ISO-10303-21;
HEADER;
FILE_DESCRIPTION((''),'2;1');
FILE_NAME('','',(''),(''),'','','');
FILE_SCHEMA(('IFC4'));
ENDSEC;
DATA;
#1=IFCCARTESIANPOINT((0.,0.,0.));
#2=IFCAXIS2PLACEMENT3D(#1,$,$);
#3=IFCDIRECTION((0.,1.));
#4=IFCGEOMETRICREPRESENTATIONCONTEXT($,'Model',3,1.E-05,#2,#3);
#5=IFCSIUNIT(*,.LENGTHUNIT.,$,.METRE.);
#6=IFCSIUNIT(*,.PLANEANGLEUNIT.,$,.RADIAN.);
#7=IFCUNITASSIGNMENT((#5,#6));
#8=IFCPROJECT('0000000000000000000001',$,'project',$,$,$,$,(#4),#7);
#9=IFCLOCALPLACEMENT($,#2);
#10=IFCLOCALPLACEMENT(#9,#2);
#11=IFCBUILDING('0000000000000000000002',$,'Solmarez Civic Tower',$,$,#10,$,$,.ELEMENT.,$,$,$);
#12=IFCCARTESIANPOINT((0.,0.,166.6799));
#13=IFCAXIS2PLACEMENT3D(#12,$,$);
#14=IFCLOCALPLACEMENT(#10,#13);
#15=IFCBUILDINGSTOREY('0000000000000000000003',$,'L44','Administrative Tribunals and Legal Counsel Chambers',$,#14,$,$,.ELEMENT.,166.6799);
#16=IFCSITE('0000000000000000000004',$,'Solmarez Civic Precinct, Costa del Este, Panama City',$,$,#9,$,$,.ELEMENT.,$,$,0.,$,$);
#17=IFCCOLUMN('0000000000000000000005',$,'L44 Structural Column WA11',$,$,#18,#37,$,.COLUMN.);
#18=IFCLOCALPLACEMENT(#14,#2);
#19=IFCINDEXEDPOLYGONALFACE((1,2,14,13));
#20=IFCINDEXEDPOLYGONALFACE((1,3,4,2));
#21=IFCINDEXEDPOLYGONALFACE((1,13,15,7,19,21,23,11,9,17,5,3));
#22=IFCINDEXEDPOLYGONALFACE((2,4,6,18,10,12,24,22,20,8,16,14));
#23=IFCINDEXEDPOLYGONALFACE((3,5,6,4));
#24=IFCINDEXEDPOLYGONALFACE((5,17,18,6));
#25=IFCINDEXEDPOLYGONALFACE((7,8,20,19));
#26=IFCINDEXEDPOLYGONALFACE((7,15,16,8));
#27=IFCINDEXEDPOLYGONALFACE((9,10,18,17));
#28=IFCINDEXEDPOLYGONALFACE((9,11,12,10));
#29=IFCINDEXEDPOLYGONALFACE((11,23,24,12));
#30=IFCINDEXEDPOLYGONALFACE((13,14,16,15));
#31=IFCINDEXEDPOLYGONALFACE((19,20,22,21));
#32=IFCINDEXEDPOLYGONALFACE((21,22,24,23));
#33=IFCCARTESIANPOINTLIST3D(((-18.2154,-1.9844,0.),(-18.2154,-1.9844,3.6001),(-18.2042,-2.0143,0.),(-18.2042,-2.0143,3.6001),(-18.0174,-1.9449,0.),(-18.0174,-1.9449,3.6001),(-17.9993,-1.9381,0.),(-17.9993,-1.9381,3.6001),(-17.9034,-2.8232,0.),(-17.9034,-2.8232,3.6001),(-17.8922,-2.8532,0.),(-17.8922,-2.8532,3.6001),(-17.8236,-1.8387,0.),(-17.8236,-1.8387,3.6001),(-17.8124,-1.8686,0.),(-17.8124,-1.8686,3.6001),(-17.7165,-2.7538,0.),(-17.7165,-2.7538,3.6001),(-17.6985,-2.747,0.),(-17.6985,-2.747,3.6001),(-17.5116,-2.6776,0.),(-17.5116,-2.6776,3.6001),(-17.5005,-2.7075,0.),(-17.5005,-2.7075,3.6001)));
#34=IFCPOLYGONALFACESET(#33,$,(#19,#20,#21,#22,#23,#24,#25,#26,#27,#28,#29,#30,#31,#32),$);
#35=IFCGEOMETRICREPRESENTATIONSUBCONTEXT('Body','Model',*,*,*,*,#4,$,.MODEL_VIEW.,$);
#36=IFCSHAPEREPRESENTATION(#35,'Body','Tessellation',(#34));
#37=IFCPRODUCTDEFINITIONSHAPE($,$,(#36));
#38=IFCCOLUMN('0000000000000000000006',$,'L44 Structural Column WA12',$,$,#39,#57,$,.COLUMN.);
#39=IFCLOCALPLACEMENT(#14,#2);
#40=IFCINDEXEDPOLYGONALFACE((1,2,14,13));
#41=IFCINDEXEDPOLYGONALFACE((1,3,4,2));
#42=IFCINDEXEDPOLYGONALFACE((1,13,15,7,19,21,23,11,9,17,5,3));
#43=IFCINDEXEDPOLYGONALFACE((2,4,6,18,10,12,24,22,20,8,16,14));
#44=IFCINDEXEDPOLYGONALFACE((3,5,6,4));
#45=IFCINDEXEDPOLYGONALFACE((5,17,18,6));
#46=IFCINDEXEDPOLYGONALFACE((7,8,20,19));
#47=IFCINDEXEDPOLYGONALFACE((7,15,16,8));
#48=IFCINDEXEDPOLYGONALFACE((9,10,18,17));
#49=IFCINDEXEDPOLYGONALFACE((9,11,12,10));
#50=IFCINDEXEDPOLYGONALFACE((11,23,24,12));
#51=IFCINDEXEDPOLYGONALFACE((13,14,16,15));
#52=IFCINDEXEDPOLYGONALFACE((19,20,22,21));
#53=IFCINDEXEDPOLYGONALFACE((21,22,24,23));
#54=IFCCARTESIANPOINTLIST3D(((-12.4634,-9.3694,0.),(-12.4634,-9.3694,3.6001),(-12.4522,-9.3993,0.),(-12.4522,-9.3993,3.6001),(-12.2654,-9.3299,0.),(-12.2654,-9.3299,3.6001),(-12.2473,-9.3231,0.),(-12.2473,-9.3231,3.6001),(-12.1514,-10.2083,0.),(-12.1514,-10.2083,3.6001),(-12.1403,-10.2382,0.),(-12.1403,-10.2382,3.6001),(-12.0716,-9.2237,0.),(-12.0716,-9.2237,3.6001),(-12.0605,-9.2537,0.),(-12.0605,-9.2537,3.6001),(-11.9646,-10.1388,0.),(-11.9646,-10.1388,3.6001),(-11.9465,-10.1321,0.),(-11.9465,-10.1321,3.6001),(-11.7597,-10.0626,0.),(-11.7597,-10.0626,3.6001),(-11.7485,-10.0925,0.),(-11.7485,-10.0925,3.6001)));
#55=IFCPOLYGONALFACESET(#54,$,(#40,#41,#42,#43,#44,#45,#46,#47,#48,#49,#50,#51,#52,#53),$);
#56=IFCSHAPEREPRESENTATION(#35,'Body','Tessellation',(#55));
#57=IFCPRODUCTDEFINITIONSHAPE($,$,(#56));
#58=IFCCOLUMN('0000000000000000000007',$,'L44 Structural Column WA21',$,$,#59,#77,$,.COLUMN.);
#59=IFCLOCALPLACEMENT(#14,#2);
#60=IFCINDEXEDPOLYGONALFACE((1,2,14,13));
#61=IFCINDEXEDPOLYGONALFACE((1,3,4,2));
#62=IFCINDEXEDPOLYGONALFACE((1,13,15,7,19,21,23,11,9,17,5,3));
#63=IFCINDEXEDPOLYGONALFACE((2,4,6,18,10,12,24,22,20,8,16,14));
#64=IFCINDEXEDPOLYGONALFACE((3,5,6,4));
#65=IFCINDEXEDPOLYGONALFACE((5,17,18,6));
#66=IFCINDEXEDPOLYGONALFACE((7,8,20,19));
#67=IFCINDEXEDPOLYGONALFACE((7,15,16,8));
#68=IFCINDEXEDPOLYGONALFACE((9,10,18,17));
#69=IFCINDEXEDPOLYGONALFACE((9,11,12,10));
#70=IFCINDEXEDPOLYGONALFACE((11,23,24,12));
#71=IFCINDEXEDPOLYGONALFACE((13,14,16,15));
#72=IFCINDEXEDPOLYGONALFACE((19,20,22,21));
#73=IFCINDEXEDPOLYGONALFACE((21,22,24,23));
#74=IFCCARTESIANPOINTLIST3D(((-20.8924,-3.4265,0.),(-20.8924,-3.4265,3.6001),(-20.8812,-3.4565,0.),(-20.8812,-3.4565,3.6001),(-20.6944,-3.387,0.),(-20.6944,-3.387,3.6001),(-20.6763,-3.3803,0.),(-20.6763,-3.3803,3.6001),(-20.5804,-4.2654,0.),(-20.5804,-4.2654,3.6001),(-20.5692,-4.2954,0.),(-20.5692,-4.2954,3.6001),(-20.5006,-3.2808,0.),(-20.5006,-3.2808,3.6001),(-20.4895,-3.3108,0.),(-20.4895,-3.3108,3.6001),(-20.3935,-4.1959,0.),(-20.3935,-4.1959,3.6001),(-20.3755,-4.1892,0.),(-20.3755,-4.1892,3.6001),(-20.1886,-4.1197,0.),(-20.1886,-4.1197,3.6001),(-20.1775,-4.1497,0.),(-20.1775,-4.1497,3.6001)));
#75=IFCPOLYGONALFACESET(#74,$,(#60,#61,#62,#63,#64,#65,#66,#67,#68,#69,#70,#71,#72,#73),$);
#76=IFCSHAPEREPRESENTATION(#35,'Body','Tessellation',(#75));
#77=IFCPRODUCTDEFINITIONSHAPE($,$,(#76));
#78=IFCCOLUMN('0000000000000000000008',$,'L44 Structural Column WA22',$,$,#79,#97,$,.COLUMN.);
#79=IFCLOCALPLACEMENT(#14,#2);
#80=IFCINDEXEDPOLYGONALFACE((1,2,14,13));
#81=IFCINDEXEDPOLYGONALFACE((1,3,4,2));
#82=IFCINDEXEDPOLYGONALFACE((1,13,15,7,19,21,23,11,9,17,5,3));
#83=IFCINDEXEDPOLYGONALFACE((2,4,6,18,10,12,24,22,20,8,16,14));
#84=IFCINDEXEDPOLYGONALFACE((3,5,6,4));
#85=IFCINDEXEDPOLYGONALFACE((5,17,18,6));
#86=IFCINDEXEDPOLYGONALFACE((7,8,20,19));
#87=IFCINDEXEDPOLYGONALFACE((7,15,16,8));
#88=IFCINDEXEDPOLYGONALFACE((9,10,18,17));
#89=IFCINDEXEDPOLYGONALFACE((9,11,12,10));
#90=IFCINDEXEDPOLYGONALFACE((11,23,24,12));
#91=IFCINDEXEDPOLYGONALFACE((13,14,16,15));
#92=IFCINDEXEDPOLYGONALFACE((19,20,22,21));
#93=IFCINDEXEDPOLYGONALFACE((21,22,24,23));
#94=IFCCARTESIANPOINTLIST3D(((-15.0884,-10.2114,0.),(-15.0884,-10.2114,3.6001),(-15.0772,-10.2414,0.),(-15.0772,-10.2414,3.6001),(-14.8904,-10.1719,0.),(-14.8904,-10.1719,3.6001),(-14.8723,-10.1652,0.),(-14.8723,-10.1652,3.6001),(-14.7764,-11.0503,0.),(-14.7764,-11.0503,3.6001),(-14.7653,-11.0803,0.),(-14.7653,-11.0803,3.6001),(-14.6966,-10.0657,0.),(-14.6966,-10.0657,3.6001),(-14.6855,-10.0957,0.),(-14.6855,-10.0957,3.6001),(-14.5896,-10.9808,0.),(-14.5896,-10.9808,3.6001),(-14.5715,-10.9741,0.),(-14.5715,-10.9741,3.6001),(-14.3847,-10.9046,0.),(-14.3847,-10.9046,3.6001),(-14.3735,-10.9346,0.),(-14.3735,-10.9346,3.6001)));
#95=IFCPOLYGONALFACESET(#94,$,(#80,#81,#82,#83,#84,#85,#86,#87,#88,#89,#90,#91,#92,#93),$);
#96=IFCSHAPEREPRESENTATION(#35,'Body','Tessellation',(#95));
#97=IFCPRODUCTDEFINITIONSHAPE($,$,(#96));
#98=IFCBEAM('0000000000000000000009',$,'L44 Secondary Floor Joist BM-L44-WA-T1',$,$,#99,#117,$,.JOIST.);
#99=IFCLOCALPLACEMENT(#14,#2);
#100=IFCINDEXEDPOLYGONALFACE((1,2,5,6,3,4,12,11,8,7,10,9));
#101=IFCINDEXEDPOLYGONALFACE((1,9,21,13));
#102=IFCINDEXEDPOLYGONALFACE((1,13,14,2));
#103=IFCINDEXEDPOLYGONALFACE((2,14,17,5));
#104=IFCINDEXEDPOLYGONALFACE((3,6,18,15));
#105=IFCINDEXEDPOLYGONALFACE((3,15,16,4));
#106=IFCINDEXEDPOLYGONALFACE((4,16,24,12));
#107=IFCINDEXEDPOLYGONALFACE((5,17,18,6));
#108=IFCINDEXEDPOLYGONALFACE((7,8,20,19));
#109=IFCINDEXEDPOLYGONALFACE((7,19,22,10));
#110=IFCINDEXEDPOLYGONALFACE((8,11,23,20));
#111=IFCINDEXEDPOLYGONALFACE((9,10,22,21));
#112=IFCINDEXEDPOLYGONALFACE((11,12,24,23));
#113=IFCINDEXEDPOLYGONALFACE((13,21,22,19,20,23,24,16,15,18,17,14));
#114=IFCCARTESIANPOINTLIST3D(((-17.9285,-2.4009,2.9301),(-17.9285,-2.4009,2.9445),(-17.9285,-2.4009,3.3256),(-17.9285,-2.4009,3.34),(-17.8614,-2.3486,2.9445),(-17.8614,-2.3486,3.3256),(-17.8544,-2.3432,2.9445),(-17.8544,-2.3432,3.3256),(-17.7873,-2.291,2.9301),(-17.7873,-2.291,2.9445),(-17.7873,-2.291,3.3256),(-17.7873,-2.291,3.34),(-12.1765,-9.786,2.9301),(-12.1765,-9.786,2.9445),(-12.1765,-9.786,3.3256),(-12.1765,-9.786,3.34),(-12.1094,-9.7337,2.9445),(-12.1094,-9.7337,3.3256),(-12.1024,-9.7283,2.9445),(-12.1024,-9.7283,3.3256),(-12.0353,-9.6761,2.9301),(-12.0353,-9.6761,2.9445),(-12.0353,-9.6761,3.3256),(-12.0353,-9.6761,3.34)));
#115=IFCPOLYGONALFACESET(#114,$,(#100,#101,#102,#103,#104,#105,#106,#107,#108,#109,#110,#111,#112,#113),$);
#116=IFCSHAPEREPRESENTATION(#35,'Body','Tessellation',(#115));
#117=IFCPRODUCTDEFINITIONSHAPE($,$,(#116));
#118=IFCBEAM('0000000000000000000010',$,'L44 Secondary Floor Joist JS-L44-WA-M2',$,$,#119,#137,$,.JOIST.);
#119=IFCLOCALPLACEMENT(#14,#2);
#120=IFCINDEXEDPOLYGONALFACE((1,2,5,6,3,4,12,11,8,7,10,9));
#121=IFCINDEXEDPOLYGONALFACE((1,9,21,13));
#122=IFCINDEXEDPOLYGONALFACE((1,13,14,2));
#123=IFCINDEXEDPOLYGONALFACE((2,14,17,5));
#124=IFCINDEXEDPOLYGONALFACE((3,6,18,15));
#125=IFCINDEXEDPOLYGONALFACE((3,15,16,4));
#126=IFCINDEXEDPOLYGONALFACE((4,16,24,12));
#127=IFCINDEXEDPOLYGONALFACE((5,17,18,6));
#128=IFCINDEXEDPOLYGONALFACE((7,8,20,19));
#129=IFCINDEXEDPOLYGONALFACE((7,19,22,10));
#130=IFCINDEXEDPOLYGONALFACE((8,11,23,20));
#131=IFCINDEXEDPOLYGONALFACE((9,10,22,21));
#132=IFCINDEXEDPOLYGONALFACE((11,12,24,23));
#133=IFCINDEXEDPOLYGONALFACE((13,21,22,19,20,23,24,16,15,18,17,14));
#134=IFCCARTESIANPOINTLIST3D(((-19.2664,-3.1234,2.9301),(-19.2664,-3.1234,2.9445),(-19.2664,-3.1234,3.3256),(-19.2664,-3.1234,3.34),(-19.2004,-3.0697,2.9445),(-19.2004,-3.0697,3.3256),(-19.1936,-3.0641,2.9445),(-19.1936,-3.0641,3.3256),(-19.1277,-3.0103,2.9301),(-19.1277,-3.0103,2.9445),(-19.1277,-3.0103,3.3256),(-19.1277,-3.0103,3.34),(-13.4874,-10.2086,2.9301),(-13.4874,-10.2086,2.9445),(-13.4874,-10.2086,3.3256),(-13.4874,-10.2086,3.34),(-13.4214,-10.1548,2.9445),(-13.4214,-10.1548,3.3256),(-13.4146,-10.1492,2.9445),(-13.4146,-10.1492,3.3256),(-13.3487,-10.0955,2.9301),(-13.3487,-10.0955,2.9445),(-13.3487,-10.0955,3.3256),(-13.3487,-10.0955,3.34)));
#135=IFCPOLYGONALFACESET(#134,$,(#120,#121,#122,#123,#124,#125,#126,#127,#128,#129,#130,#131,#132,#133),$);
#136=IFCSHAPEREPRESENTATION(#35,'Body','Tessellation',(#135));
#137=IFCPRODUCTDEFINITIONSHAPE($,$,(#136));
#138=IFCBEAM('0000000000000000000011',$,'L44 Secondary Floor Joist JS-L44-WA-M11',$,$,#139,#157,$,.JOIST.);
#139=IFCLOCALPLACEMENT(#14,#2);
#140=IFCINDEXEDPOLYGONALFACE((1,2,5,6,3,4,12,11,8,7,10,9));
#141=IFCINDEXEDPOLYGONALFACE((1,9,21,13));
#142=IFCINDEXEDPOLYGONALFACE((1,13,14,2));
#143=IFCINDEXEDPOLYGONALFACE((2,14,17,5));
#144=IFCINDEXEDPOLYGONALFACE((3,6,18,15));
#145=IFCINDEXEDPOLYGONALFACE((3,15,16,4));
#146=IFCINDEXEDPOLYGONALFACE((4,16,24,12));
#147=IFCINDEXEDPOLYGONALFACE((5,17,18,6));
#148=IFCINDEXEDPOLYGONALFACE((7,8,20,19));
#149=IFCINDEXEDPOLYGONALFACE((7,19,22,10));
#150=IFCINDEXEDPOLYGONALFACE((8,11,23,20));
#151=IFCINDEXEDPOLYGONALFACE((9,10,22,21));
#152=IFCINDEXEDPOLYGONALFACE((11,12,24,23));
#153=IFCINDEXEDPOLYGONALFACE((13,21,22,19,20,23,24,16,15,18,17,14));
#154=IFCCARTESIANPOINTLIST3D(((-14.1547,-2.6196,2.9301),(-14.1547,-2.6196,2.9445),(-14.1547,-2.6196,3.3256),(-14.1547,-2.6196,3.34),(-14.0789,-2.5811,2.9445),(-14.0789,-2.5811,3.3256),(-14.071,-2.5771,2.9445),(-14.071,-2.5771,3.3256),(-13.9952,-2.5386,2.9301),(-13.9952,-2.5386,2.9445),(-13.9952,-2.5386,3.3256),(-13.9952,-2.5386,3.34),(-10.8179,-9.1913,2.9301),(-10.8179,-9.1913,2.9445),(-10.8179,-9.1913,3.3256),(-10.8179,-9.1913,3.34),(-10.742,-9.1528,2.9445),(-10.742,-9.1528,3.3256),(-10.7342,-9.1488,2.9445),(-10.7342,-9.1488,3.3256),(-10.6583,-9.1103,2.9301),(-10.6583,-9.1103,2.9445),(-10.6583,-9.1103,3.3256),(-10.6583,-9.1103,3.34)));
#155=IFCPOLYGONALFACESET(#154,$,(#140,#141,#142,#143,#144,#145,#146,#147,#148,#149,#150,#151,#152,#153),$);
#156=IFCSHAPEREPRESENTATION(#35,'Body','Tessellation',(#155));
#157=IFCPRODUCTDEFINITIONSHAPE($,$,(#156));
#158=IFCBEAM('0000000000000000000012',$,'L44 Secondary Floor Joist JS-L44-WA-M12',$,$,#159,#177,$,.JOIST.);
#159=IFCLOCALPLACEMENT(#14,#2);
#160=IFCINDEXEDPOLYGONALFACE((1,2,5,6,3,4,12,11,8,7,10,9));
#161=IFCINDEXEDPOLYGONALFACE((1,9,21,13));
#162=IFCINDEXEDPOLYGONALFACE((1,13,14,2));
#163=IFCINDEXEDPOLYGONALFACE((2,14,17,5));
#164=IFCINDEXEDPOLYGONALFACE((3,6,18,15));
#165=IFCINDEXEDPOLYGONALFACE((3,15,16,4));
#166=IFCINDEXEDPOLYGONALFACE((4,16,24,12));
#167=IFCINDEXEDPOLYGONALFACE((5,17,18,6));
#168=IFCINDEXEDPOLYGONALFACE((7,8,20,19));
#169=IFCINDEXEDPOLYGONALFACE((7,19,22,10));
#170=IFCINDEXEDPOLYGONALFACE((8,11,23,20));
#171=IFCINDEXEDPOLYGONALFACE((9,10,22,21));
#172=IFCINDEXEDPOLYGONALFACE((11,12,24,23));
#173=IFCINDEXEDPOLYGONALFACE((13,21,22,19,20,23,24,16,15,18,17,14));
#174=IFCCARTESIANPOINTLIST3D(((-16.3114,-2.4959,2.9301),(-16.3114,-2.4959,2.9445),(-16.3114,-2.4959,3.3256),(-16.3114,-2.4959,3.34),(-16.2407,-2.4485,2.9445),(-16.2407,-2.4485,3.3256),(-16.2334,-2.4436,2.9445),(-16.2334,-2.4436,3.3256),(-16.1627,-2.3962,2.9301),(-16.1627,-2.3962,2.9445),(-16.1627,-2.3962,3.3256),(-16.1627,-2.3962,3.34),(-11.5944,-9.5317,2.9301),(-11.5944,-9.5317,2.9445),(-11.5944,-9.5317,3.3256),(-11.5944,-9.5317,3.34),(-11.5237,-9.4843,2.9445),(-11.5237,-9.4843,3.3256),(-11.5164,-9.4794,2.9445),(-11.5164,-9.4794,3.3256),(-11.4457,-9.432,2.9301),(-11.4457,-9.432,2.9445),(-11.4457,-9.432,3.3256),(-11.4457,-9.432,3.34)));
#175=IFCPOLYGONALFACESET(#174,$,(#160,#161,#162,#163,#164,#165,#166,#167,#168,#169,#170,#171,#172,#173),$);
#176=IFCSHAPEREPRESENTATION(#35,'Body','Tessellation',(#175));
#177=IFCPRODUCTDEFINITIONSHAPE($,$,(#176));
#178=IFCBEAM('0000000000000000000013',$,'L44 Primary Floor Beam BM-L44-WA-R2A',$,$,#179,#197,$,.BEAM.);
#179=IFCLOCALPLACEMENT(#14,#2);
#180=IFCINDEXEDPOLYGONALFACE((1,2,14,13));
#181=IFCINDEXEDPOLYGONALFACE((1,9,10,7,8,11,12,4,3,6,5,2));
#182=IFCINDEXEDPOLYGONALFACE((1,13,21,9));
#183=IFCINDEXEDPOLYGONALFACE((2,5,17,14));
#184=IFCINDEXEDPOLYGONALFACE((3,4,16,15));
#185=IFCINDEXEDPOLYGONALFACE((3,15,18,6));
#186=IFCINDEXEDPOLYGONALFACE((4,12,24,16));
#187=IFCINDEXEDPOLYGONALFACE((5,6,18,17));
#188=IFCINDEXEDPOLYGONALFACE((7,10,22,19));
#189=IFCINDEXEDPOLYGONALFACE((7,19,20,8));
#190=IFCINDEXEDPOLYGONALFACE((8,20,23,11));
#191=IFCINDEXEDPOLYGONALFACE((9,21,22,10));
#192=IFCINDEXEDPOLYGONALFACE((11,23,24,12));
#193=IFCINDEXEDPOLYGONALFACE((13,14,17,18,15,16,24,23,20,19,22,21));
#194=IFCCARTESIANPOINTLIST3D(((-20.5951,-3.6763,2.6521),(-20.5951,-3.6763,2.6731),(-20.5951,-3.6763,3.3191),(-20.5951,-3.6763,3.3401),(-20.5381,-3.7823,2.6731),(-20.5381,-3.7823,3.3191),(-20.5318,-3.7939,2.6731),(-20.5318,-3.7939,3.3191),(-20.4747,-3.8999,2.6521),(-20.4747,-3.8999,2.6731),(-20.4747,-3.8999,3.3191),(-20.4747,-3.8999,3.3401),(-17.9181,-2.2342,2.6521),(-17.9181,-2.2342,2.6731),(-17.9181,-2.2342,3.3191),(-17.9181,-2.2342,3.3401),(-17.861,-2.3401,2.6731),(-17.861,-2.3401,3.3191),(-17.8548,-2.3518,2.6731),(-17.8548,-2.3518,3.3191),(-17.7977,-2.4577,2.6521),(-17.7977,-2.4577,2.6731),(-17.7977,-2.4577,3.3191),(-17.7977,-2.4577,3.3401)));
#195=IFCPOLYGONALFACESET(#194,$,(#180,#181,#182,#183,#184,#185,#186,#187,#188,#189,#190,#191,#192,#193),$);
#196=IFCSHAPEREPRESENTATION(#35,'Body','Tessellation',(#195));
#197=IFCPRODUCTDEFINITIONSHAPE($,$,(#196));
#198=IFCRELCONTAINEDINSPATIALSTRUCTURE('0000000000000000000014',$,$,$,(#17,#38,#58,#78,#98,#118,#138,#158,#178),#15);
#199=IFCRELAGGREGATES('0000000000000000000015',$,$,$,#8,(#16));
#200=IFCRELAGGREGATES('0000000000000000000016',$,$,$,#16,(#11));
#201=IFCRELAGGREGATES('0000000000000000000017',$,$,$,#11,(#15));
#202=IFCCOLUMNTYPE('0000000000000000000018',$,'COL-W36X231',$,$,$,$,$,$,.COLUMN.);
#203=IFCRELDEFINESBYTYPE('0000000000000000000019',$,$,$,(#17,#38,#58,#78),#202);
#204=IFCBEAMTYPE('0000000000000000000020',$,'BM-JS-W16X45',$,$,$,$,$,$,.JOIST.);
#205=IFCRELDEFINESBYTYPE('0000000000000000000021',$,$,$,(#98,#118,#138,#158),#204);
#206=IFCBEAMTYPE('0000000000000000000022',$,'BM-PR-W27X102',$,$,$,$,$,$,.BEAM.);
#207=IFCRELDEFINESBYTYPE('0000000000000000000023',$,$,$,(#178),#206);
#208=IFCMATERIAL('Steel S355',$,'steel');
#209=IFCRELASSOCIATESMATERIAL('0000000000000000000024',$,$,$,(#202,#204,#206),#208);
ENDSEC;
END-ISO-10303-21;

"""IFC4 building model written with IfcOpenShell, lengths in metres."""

from ifc_helpers import new_model, si_unit, direction, frame, origin, origin_2d, place, context, subcontext, project, spatial, i_section, extrude, material, material_profile, profile_set, type_object, element, save


model = new_model("IFC4")

# Units and contexts
model_context = context("Model", 3, precision=1e-05, world=origin(), true_north=direction((0.0, 1.0)))
body_context = subcontext(model_context, "Body", "Model", "MODEL_VIEW")
ifc_project = project(units=[si_unit("LENGTHUNIT", "METRE"), si_unit("PLANEANGLEUNIT", "RADIAN")], contexts=[model_context])

# Site, building, storey
site_placement = place(None, origin())
site = spatial("IfcSite", under=ifc_project, at=site_placement, Name="Solmarez Civic Precinct, Costa del Este, Panama City", CompositionType="ELEMENT", RefElevation=0.0)
building_placement = place(site_placement, origin())
building = spatial("IfcBuilding", under=site, at=building_placement, Name="Solmarez Civic Tower", CompositionType="ELEMENT")
storey_placement = place(building_placement, frame((0.0, 0.0, 166.6799)))
storey = spatial("IfcBuildingStorey", under=building, at=storey_placement, Name="L44", Description="Administrative Tribunals and Legal Counsel Chambers", CompositionType="ELEMENT", Elevation=166.6799)

# Columns
ifc_material_1 = material(Name="Steel S355", Category="steel")
ifc_material_profile_1 = material_profile(ifc_material_1, i_section(OverallWidth=0.418, OverallDepth=0.927, WebThickness=0.0193, FlangeThickness=0.032, at=origin_2d()), Name="W36X231")
ifc_profile_set_1 = profile_set([ifc_material_profile_1], Name="Steel S355")
column_type = type_object("IfcColumnType", Name="COL-W36X231", PredefinedType="COLUMN", material=ifc_profile_set_1)
for number, where, z_axis, x_axis, name in (
    (1, (-17.8579, -2.3459, 0.0), (0.0, 0.0, 1.0), (0.937282, 0.348572, 0.0), "L44 Structural Column WA11"),
    (2, (-12.106, -9.731, 0.0), (0.0, 0.0, 1.0), (0.937282, 0.348572, 0.0), "L44 Structural Column WA12"),
    (3, (-20.5349, -3.7881, 0.0), (0.0, 0.0, 1.0), (0.937282, 0.348572, 0.0), "L44 Structural Column WA21"),
    (4, (-14.731, -10.573, 0.0), (0.0, 0.0, 1.0), (0.937282, 0.348572, 0.0), "L44 Structural Column WA22"),
):
    element("IfcColumn", number, at=place(storey_placement, frame(where, z_axis=z_axis, x_axis=x_axis)), inside=storey, type_object=column_type, Name=name, PredefinedType="COLUMN", context=body_context, shape_type="SweptSolid", body=[
        extrude(i_section(OverallWidth=0.418, OverallDepth=0.927, WebThickness=0.0193, FlangeThickness=0.032, at=origin_2d()), origin(), (0.0, 0.0, 1.0), 3.6001),
    ])

# Beams
ifc_material_profile_2 = material_profile(ifc_material_1, i_section(OverallWidth=0.179, OverallDepth=0.4099, WebThickness=0.0088, FlangeThickness=0.0144, at=origin_2d()), Name="W16X45")
ifc_profile_set_2 = profile_set([ifc_material_profile_2], Name="Steel S355")
beam_type_1 = type_object("IfcBeamType", Name="BM-JS-W16X45", PredefinedType="JOIST", material=ifc_profile_set_2)
beam_1_placement = place(storey_placement, frame((-17.8579, -2.3459, 3.135), z_axis=(0.614477, -0.788935, 0.0), x_axis=(0.788935, 0.614477, 0.0)))
element("IfcBeam", 5, at=beam_1_placement, inside=storey, type_object=beam_type_1, Name="L44 Secondary Floor Joist BM-L44-WA-T1", PredefinedType="JOIST", context=body_context, shape_type="SweptSolid", body=[
    extrude(i_section(OverallWidth=0.179, OverallDepth=0.4099, WebThickness=0.0088, FlangeThickness=0.0144, at=origin_2d()), origin(), (0.0, 0.0, 1.0), 9.3608),
])
beam_2_placement = place(storey_placement, frame((-19.197, -3.0669, 3.135), z_axis=(0.632062, -0.774918, 0.0), x_axis=(0.774918, 0.632062, 0.0)))
element("IfcBeam", 6, at=beam_2_placement, inside=storey, type_object=beam_type_1, Name="L44 Secondary Floor Joist JS-L44-WA-M2", PredefinedType="JOIST", context=body_context, shape_type="SweptSolid", body=[
    extrude(i_section(OverallWidth=0.179, OverallDepth=0.4099, WebThickness=0.0088, FlangeThickness=0.0144, at=origin_2d()), origin(), (0.0, 0.0, 1.0), 9.1431),
])
beam_3_placement = place(storey_placement, frame((-14.075, -2.5791, 3.135), z_axis=(0.452743, -0.891641, 0.0), x_axis=(0.891641, 0.452743, 0.0)))
element("IfcBeam", 7, at=beam_3_placement, inside=storey, type_object=beam_type_1, Name="L44 Secondary Floor Joist JS-L44-WA-M11", PredefinedType="JOIST", context=body_context, shape_type="SweptSolid", body=[
    extrude(i_section(OverallWidth=0.179, OverallDepth=0.4099, WebThickness=0.0088, FlangeThickness=0.0144, at=origin_2d()), origin(), (0.0, 0.0, 1.0), 7.3704),
])
beam_4_placement = place(storey_placement, frame((-16.2371, -2.446, 3.135), z_axis=(0.55686, -0.830606, 0.0), x_axis=(0.830606, 0.55686, 0.0)))
element("IfcBeam", 8, at=beam_4_placement, inside=storey, type_object=beam_type_1, Name="L44 Secondary Floor Joist JS-L44-WA-M12", PredefinedType="JOIST", context=body_context, shape_type="SweptSolid", body=[
    extrude(i_section(OverallWidth=0.179, OverallDepth=0.4099, WebThickness=0.0088, FlangeThickness=0.0144, at=origin_2d()), origin(), (0.0, 0.0, 1.0), 8.4707),
])
ifc_material_profile_3 = material_profile(ifc_material_1, i_section(OverallWidth=0.2539, OverallDepth=0.688, WebThickness=0.0132, FlangeThickness=0.021, at=origin_2d()), Name="W27X102")
ifc_profile_set_3 = profile_set([ifc_material_profile_3], Name="Steel S355")
beam_type_2 = type_object("IfcBeamType", Name="BM-PR-W27X102", PredefinedType="BEAM", material=ifc_profile_set_3)
beam_5_placement = place(storey_placement, frame((-17.8579, -2.3459, 2.9961), z_axis=(-0.880378, -0.474272, 0.0), x_axis=(0.474272, -0.880378, 0.0)))
element("IfcBeam", 9, at=beam_5_placement, inside=storey, type_object=beam_type_2, Name="L44 Primary Floor Beam BM-L44-WA-R2A", PredefinedType="BEAM", context=body_context, shape_type="SweptSolid", body=[
    extrude(i_section(OverallWidth=0.2539, OverallDepth=0.688, WebThickness=0.0132, FlangeThickness=0.021, at=origin_2d()), origin(), (0.0, 0.0, 1.0), 3.0408),
])

save(model, "model.ifc")
